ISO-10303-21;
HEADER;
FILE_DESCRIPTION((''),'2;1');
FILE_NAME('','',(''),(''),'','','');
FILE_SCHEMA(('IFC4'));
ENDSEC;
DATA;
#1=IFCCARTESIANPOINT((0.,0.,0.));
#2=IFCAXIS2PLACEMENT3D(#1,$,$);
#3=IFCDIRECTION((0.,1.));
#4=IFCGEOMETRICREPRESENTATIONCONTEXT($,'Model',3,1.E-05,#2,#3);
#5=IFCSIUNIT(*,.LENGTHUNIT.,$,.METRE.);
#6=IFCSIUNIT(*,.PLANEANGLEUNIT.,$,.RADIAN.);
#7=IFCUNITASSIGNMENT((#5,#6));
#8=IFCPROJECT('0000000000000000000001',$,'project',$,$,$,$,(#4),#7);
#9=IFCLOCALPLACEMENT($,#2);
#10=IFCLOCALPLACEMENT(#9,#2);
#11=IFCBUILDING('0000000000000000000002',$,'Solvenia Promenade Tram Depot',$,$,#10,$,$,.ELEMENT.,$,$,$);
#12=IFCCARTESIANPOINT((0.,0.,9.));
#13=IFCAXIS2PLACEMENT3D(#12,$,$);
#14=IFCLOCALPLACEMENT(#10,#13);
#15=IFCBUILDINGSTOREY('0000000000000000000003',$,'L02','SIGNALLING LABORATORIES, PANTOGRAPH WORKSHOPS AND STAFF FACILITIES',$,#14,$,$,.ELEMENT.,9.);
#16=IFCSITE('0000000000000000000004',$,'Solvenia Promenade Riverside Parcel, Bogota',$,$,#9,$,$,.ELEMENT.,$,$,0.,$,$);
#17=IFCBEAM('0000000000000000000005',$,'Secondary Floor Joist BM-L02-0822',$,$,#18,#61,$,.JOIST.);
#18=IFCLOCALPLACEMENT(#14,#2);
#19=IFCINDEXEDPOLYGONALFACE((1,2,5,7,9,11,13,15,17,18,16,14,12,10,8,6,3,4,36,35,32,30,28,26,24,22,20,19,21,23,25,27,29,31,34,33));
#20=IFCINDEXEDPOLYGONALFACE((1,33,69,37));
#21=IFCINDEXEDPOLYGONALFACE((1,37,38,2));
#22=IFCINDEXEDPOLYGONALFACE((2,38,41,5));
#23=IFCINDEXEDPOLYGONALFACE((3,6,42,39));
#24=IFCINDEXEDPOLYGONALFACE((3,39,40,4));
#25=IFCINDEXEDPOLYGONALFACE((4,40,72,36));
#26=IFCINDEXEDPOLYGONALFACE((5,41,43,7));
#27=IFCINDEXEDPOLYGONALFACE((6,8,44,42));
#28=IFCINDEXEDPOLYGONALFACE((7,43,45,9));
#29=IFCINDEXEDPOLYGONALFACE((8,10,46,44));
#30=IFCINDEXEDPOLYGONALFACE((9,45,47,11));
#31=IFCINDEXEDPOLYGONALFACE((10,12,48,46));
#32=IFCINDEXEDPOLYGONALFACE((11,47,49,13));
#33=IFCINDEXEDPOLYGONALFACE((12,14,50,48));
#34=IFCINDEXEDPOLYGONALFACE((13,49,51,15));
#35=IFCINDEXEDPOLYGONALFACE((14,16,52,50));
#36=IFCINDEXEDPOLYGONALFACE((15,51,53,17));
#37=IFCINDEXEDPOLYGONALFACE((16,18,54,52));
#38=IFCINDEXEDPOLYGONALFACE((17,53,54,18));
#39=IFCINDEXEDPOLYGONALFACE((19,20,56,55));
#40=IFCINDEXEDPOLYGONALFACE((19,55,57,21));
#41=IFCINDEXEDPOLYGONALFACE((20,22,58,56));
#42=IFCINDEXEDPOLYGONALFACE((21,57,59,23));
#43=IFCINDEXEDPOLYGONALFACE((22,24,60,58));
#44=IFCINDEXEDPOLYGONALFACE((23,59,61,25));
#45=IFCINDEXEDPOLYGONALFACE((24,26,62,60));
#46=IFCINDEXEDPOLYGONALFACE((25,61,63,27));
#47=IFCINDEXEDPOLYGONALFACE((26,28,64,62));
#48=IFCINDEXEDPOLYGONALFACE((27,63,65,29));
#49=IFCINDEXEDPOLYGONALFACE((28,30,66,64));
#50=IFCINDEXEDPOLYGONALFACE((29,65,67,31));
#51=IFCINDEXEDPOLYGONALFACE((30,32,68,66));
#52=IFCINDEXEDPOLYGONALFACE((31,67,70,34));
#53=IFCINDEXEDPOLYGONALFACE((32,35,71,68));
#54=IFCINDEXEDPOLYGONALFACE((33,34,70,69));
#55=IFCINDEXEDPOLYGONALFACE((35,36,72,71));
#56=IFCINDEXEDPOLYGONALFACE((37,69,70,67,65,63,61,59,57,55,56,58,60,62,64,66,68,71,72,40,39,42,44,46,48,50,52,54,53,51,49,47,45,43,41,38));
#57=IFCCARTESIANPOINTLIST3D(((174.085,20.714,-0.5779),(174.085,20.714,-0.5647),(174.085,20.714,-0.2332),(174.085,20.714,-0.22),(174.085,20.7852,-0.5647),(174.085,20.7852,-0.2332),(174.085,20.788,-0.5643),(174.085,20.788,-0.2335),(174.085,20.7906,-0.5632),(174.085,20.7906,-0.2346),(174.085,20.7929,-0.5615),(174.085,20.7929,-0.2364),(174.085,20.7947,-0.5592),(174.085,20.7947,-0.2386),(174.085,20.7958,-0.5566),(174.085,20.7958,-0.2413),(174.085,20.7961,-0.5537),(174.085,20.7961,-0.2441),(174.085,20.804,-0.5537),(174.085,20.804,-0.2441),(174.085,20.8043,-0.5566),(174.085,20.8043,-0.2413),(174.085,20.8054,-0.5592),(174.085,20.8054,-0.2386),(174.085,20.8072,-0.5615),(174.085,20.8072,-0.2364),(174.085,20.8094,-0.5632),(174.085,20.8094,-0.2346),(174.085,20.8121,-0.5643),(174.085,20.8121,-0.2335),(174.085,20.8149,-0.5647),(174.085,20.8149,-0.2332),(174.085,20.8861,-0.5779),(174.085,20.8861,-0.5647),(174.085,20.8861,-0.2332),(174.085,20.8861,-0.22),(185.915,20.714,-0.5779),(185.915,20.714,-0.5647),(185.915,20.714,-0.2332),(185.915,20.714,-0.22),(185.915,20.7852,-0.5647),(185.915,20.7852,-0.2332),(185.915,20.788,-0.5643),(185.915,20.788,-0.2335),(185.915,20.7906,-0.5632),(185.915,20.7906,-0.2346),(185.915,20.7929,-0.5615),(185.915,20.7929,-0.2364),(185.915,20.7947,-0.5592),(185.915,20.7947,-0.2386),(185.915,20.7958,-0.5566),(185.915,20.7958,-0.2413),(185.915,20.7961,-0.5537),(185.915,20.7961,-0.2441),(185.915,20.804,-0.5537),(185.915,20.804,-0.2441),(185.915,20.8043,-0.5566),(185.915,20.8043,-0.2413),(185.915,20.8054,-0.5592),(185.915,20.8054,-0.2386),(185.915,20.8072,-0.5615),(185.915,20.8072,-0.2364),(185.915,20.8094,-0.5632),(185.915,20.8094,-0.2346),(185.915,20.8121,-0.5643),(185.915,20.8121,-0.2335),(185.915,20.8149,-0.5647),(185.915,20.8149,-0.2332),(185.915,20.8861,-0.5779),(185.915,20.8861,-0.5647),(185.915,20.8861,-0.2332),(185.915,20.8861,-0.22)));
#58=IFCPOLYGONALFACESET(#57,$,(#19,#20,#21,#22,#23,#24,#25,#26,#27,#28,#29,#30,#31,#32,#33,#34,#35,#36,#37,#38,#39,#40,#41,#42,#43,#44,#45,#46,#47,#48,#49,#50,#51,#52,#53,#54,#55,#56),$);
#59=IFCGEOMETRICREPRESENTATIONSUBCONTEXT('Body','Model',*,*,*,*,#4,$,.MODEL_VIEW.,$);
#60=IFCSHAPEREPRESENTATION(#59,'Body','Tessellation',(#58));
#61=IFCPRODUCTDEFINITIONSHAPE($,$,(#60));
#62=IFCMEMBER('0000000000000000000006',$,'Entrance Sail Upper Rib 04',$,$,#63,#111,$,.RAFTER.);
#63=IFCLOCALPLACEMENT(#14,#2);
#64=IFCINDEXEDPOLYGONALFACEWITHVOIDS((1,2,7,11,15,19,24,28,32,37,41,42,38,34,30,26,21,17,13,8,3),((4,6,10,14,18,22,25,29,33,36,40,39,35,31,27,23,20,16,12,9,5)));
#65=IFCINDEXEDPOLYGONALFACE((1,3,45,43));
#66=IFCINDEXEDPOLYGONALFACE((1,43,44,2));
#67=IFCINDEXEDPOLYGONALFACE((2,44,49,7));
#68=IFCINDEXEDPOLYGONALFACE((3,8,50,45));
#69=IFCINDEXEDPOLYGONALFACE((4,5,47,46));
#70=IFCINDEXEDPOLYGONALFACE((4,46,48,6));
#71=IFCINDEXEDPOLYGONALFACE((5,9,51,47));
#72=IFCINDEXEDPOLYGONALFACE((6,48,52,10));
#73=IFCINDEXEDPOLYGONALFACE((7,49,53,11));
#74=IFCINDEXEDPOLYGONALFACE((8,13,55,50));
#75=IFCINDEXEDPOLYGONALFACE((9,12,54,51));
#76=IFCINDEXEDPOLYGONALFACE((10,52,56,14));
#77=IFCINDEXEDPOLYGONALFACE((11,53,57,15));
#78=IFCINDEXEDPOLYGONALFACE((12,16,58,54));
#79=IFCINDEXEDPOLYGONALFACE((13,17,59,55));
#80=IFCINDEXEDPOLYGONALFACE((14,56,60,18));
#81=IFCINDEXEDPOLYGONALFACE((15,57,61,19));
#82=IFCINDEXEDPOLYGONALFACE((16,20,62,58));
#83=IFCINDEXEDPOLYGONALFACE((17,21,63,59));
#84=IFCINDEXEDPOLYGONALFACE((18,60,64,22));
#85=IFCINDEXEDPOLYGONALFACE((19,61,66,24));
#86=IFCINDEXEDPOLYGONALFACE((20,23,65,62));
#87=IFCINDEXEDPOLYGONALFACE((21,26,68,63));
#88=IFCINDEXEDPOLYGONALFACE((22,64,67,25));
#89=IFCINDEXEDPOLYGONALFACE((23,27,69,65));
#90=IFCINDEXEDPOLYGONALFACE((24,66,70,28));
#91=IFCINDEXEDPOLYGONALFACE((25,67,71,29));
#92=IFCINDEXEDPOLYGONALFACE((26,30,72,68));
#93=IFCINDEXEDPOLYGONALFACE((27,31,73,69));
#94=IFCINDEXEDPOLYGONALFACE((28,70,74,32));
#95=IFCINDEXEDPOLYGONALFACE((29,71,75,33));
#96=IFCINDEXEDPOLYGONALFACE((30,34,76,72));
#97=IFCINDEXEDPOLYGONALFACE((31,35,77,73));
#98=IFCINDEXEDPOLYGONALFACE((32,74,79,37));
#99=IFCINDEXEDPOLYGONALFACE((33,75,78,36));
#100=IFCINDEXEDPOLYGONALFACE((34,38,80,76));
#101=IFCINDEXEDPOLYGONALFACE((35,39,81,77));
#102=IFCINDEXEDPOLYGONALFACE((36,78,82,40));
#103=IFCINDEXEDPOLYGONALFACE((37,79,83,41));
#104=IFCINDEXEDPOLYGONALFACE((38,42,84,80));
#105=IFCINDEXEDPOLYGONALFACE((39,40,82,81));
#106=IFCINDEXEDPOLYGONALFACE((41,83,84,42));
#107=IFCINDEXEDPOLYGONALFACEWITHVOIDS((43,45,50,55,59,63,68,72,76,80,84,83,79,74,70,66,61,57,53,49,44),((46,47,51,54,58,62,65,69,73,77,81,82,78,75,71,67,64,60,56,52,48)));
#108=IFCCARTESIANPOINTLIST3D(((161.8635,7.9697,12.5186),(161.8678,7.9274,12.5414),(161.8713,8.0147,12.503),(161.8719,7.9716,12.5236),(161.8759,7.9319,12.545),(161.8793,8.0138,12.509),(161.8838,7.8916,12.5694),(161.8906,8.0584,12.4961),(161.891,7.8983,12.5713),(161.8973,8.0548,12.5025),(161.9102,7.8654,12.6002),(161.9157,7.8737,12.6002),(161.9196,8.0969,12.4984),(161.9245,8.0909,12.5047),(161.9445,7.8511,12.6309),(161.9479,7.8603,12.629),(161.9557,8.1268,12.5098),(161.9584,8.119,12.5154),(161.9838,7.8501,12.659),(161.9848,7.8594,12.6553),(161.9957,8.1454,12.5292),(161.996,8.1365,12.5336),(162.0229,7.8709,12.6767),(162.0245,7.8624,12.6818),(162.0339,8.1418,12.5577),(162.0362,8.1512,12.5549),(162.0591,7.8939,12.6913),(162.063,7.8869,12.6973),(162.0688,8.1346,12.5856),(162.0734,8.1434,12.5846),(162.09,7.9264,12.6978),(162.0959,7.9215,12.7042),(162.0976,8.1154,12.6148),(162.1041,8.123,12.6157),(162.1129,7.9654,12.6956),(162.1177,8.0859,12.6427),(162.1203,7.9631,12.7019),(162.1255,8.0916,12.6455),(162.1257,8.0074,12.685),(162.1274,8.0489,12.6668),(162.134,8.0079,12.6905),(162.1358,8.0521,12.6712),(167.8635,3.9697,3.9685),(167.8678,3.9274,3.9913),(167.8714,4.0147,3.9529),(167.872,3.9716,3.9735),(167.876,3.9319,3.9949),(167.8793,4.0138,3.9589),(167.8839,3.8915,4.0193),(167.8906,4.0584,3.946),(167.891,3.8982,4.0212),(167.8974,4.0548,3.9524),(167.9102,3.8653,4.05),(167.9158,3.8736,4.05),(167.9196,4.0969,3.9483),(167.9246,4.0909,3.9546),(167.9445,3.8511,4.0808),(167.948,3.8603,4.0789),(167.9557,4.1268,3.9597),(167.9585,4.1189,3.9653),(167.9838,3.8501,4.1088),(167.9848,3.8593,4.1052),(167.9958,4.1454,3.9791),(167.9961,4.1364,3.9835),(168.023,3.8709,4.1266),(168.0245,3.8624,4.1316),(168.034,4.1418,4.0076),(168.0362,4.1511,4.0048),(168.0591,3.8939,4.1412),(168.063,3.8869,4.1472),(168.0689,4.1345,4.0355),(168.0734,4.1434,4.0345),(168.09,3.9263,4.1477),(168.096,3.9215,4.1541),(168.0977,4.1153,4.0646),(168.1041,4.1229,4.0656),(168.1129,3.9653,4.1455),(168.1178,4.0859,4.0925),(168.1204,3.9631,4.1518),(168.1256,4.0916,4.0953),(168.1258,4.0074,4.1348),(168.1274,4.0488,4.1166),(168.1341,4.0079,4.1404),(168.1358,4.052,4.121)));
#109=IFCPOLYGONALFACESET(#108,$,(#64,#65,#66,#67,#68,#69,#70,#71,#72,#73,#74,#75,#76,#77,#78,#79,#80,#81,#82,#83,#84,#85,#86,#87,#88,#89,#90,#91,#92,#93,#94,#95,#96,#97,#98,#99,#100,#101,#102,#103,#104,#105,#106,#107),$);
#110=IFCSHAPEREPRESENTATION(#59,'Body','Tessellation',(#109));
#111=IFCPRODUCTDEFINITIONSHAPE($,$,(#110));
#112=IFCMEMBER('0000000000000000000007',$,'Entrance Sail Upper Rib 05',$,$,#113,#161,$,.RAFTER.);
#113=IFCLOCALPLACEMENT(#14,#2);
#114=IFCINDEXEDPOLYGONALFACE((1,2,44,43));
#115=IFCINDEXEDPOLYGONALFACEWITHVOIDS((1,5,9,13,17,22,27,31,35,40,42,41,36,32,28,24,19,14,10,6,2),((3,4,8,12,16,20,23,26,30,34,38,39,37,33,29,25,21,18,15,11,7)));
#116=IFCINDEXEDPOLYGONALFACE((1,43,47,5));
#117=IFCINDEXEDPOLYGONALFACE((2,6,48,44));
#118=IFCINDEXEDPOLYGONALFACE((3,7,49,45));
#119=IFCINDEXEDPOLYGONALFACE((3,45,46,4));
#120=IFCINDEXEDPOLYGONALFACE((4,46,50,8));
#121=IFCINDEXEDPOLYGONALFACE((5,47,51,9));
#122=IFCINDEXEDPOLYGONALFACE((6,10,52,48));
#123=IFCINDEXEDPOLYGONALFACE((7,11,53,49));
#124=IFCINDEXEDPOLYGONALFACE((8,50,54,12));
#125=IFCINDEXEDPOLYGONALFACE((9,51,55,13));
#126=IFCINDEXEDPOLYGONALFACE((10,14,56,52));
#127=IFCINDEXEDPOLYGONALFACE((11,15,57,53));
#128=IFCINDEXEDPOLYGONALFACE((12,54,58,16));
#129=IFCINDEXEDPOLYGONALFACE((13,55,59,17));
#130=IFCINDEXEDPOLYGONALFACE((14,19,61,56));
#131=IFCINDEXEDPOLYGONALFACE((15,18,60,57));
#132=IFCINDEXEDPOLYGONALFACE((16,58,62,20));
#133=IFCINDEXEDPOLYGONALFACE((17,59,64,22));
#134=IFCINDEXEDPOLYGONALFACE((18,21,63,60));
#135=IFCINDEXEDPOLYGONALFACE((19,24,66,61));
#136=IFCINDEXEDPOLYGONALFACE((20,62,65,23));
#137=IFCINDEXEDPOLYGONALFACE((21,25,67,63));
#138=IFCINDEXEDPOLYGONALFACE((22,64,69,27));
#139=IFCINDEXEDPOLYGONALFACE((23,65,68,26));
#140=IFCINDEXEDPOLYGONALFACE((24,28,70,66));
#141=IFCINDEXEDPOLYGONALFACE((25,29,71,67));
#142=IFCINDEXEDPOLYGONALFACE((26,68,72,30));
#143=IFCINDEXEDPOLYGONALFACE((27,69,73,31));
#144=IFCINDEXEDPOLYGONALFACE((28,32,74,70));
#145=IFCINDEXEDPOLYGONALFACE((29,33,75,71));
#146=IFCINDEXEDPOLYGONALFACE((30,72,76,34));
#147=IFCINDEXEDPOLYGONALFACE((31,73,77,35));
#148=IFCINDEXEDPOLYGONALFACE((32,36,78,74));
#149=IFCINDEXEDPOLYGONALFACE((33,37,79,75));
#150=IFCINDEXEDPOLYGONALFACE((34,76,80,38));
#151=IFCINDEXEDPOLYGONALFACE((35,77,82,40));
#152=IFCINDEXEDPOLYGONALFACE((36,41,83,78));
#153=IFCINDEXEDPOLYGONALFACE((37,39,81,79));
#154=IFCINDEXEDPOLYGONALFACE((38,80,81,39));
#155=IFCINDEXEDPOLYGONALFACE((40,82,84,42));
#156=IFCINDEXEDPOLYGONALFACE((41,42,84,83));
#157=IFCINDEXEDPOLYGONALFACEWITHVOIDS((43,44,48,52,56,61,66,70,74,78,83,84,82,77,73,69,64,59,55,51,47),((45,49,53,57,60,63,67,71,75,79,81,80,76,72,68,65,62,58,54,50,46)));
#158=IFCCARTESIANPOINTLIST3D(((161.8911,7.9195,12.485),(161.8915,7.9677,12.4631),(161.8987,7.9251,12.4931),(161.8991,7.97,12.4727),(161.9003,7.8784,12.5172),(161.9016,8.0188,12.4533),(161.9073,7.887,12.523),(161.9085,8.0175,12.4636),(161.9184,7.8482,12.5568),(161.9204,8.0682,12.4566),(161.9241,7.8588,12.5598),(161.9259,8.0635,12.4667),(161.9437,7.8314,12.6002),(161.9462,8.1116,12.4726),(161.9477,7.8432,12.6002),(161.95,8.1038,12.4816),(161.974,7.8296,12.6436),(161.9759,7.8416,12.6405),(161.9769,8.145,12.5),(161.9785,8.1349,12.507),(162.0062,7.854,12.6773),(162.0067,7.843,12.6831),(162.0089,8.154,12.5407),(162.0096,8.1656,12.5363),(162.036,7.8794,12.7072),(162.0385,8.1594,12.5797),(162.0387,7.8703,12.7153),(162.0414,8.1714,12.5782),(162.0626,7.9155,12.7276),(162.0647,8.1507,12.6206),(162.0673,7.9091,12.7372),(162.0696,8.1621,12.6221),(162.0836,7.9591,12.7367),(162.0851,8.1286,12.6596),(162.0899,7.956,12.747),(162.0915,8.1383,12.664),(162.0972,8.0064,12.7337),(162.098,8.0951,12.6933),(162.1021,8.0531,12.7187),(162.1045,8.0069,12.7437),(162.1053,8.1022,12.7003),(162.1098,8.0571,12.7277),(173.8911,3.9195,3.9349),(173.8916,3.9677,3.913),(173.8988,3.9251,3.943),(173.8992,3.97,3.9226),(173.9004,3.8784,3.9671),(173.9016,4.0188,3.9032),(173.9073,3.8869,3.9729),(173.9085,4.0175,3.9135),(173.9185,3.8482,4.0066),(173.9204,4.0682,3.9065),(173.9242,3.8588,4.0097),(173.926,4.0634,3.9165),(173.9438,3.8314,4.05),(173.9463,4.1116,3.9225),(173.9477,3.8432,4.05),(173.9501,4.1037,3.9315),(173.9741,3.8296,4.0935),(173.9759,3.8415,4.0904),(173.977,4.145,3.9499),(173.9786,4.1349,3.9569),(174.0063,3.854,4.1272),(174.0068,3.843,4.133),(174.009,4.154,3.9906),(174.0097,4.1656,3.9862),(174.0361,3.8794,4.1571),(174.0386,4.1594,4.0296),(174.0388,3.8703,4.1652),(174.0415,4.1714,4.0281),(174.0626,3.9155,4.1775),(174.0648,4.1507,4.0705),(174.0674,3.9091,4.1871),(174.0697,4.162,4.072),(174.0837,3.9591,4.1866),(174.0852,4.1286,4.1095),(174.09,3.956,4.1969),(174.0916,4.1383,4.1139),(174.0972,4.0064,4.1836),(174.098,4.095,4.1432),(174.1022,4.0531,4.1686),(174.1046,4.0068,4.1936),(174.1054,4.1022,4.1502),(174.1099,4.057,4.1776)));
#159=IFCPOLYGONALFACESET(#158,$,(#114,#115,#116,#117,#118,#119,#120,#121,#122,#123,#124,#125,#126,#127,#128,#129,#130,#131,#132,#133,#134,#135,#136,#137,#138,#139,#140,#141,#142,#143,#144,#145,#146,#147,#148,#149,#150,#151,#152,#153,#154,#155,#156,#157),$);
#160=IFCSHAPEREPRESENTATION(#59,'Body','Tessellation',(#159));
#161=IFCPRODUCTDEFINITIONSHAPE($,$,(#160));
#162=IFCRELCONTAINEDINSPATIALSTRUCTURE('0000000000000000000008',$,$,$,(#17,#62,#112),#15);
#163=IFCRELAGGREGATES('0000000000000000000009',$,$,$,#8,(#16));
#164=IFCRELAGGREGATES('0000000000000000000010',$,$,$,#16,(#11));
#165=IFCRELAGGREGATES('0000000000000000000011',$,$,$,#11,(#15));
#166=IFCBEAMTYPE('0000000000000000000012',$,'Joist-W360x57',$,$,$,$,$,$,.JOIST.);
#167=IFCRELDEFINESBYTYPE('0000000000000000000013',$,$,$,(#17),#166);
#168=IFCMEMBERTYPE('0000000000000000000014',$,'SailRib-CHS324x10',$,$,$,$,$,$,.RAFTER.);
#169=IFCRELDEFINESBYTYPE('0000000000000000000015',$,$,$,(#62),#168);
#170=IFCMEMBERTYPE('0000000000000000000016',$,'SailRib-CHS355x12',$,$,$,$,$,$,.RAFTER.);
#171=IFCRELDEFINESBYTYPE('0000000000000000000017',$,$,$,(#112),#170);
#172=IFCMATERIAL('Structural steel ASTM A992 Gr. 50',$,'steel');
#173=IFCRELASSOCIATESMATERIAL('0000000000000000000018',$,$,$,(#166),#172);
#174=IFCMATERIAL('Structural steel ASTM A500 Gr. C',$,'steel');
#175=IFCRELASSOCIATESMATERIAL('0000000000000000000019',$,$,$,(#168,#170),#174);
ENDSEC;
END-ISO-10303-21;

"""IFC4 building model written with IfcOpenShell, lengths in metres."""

from ifc_helpers import new_model, si_unit, direction, frame, origin, origin_2d, place, context, subcontext, project, spatial, hollow_circle, i_section, extrude, material, material_profile, profile_set, type_object, element, save


model = new_model("IFC4")

# Units and contexts
model_context = context("Model", 3, precision=1e-05, world=origin(), true_north=direction((0.0, 1.0)))
body_context = subcontext(model_context, "Body", "Model", "MODEL_VIEW")
ifc_project = project(units=[si_unit("LENGTHUNIT", "METRE"), si_unit("PLANEANGLEUNIT", "RADIAN")], contexts=[model_context])

# Site, building, storey
site_placement = place(None, origin())
site = spatial("IfcSite", under=ifc_project, at=site_placement, Name="Solvenia Promenade Riverside Parcel, Bogota", CompositionType="ELEMENT", RefElevation=0.0)
building_placement = place(site_placement, origin())
building = spatial("IfcBuilding", under=site, at=building_placement, Name="Solvenia Promenade Tram Depot", CompositionType="ELEMENT")
storey_placement = place(building_placement, frame((0.0, 0.0, 9.0)))
storey = spatial("IfcBuildingStorey", under=building, at=storey_placement, Name="L02", Description="SIGNALLING LABORATORIES, PANTOGRAPH WORKSHOPS AND STAFF FACILITIES", CompositionType="ELEMENT", Elevation=9.0)

# Shared definitions
ifc_material_1 = material(Name="Structural steel ASTM A500 Gr. C", Category="steel")

# Beam
ifc_material_2 = material(Name="Structural steel ASTM A992 Gr. 50", Category="steel")
ifc_material_profile_1 = material_profile(ifc_material_2, i_section(OverallWidth=0.1721, OverallDepth=0.3579, WebThickness=0.0078, FlangeThickness=0.0132, FilletRadius=0.011, at=origin_2d()), Name="W360x57", Category="steel")
ifc_profile_set_1 = profile_set([ifc_material_profile_1], Name="Structural steel ASTM A992 Gr. 50")
beam_type_1 = type_object("IfcBeamType", Name="Joist-W360x57", PredefinedType="JOIST", material=ifc_profile_set_1)
for number, where, z_axis, x_axis, name in (
    (1, (174.085, 20.8, -0.3989), (1.0, 0.0, 0.0), (0.0, 1.0, 0.0), "Secondary Floor Joist BM-L02-0822"),
):
    element("IfcBeam", number, at=place(storey_placement, frame(where, z_axis=z_axis, x_axis=x_axis)), inside=storey, type_object=beam_type_1, Name=name, PredefinedType="JOIST", context=body_context, shape_type="SweptSolid", body=[
        extrude(i_section(OverallWidth=0.1721, OverallDepth=0.3579, WebThickness=0.0078, FlangeThickness=0.0132, FilletRadius=0.011, at=origin_2d()), origin(), (0.0, 0.0, 1.0), 11.8301),
    ])

# Members
ifc_material_profile_2 = material_profile(ifc_material_1, hollow_circle(Radius=0.1619, WallThickness=0.01, at=origin_2d()), Name="CHS323.9x10", Category="steel")
ifc_profile_set_2 = profile_set([ifc_material_profile_2], Name="Structural steel ASTM A500 Gr. C")
member_type_1 = type_object("IfcMemberType", Name="SailRib-CHS324x10", PredefinedType="RAFTER", material=ifc_profile_set_2)
member_1_placement = place(storey_placement, frame((168.0, 4.0, 4.05), z_axis=(-0.536435, 0.357623, 0.764424), x_axis=(-0.5547, -0.83205, 0.0)))
element("IfcMember", 2, at=member_1_placement, inside=storey, type_object=member_type_1, Name="Entrance Sail Upper Rib 04", PredefinedType="RAFTER", context=body_context, shape_type="SweptSolid", body=[
    extrude(hollow_circle(Radius=0.1619, WallThickness=0.01, at=origin_2d()), origin(), (0.0, 0.0, 1.0), 11.1851),
])
ifc_material_profile_3 = material_profile(ifc_material_1, hollow_circle(Radius=0.1777, WallThickness=0.0125, at=origin_2d()), Name="CHS355.6x12.5", Category="steel")
ifc_profile_set_3 = profile_set([ifc_material_profile_3], Name="Structural steel ASTM A500 Gr. C")
member_type_2 = type_object("IfcMemberType", Name="SailRib-CHS355x12", PredefinedType="RAFTER", material=ifc_profile_set_3)
member_2_placement = place(storey_placement, frame((174.0, 4.0, 4.05), z_axis=(-0.785972, 0.261991, 0.560008), x_axis=(-0.316228, -0.948683, 0.0)))
element("IfcMember", 3, at=member_2_placement, inside=storey, type_object=member_type_2, Name="Entrance Sail Upper Rib 05", PredefinedType="RAFTER", context=body_context, shape_type="SweptSolid", body=[
    extrude(hollow_circle(Radius=0.1777, WallThickness=0.0125, at=origin_2d()), origin(), (0.0, 0.0, 1.0), 15.2678),
])

save(model, "model.ifc")
